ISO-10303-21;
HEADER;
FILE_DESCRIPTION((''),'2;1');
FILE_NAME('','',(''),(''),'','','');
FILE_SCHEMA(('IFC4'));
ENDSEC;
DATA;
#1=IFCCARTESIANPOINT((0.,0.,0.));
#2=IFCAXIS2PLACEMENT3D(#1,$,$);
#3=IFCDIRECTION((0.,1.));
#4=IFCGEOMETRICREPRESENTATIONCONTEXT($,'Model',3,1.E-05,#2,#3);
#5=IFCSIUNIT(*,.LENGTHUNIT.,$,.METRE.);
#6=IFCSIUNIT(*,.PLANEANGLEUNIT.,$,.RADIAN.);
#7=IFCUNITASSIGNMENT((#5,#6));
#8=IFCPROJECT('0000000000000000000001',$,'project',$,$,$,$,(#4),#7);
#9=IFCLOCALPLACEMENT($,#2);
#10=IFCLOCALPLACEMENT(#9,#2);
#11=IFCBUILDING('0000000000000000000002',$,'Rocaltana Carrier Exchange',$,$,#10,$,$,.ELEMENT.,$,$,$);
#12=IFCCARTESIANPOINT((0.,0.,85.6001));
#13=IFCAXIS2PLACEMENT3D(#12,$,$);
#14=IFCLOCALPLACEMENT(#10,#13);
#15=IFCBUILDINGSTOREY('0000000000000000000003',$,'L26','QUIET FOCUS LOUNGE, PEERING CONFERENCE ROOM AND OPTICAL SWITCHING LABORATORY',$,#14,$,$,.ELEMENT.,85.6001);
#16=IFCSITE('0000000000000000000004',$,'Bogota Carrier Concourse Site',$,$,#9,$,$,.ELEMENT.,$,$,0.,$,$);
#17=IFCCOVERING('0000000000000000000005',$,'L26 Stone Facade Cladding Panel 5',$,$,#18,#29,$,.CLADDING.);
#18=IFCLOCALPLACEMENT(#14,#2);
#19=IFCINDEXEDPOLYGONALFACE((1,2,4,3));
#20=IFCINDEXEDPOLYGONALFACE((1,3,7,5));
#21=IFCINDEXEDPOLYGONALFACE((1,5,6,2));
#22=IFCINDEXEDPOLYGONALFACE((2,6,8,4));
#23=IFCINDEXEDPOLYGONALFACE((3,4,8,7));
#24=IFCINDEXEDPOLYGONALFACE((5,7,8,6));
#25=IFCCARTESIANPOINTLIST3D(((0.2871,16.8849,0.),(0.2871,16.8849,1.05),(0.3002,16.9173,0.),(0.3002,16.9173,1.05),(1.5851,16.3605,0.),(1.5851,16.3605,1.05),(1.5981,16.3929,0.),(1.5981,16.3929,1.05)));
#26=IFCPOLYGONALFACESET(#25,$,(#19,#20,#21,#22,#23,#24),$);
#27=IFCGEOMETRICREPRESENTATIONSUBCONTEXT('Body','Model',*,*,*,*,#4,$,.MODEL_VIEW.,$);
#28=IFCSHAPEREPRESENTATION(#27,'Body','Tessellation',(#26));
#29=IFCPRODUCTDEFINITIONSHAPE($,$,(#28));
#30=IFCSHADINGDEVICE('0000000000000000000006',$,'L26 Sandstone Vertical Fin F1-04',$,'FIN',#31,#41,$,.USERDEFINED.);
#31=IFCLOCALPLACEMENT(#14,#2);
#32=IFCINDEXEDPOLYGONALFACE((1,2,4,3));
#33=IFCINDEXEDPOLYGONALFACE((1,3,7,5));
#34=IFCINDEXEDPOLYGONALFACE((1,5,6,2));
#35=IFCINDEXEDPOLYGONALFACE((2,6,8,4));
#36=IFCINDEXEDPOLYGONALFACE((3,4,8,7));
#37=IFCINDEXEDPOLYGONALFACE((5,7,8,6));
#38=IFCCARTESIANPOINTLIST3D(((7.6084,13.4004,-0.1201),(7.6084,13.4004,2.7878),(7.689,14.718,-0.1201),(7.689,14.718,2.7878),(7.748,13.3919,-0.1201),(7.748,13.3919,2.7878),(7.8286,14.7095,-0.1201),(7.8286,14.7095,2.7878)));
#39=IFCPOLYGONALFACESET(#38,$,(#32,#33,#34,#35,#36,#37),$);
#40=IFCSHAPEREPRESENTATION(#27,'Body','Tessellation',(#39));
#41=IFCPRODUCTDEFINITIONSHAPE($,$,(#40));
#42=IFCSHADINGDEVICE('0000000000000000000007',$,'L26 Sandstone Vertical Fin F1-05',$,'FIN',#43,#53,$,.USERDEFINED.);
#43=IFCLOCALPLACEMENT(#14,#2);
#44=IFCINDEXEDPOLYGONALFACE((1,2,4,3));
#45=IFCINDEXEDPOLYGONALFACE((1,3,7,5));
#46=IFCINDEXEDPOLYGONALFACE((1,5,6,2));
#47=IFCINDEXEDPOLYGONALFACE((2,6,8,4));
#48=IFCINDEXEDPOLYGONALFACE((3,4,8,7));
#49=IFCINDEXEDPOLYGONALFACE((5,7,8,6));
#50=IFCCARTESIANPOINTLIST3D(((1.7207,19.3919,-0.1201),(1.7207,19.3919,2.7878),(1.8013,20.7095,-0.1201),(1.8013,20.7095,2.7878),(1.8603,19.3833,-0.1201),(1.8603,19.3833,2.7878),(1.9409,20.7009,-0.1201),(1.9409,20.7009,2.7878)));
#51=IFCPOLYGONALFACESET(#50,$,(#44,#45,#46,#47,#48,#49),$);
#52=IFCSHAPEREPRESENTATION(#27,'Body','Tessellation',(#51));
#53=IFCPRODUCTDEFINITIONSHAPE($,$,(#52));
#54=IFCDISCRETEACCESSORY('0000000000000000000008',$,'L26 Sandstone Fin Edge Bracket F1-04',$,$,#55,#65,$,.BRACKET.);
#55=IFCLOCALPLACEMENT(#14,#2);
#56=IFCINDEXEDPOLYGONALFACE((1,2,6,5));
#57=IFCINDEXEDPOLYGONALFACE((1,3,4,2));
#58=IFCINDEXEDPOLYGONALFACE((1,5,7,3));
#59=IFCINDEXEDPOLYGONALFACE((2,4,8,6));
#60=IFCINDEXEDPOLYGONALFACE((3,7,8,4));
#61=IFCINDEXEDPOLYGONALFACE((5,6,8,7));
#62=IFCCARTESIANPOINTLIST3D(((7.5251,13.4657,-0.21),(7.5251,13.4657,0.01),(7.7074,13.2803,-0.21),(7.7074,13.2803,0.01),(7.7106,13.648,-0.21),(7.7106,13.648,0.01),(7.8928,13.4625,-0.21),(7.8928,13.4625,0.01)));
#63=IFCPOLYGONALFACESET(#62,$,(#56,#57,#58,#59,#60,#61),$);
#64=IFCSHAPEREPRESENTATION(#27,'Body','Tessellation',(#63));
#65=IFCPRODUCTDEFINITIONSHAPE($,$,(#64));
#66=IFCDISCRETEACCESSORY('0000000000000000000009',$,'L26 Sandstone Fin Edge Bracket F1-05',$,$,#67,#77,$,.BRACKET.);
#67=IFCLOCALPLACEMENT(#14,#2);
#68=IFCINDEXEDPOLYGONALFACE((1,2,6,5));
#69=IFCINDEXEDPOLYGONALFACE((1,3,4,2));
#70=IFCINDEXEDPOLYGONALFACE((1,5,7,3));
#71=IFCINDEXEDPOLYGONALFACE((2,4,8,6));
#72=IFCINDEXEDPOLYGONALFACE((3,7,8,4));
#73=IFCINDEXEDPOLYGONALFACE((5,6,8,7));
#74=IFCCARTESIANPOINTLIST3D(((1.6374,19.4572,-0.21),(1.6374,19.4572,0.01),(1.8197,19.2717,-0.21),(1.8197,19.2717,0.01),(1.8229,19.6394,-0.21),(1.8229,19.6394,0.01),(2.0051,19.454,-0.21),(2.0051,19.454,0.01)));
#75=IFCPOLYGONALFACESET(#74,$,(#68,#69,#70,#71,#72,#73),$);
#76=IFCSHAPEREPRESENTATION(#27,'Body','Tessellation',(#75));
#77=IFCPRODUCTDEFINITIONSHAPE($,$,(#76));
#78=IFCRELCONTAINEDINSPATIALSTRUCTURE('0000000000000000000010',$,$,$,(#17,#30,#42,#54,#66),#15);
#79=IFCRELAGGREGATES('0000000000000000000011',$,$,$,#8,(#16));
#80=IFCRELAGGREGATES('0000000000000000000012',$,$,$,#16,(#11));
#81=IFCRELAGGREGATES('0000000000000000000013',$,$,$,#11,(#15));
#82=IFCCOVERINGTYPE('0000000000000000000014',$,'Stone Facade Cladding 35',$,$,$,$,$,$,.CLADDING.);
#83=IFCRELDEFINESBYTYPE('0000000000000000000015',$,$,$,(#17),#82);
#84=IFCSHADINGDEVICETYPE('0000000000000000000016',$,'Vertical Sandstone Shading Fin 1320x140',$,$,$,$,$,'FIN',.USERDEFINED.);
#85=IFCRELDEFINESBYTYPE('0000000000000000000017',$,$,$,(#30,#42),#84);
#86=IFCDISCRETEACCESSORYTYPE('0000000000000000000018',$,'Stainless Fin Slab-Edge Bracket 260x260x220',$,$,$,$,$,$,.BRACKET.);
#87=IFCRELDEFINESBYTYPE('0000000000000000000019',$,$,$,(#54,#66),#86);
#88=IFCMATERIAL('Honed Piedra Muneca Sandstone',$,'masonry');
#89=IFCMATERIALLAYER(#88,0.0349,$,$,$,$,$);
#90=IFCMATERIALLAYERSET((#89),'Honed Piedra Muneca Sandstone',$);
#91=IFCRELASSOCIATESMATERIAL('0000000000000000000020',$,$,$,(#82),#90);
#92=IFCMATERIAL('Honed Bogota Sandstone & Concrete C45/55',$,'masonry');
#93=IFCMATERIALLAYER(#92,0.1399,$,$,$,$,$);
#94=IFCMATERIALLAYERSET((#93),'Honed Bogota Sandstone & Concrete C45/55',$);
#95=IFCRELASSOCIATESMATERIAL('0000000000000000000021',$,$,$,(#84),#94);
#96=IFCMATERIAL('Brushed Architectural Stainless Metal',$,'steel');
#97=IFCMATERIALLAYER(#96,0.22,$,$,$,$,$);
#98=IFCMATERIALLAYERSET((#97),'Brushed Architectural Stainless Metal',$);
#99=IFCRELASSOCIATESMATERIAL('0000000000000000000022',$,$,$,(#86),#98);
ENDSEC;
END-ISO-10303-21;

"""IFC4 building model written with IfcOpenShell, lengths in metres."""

from ifc_helpers import new_model, si_unit, direction, frame, origin, origin_2d, place, context, subcontext, project, spatial, rectangle, extrude, material, layer, layer_set, type_object, element, save


model = new_model("IFC4")

# Units and contexts
model_context = context("Model", 3, precision=1e-05, world=origin(), true_north=direction((0.0, 1.0)))
body_context = subcontext(model_context, "Body", "Model", "MODEL_VIEW")
ifc_project = project(units=[si_unit("LENGTHUNIT", "METRE"), si_unit("PLANEANGLEUNIT", "RADIAN")], contexts=[model_context])

# Site, building, storey
site_placement = place(None, origin())
site = spatial("IfcSite", under=ifc_project, at=site_placement, Name="Bogota Carrier Concourse Site", CompositionType="ELEMENT", RefElevation=0.0)
building_placement = place(site_placement, origin())
building = spatial("IfcBuilding", under=site, at=building_placement, Name="Rocaltana Carrier Exchange", CompositionType="ELEMENT")
storey_placement = place(building_placement, frame((0.0, 0.0, 85.6001)))
storey = spatial("IfcBuildingStorey", under=building, at=storey_placement, Name="L26", Description="QUIET FOCUS LOUNGE, PEERING CONFERENCE ROOM AND OPTICAL SWITCHING LABORATORY", CompositionType="ELEMENT", Elevation=85.6001)

# Covering
ifc_material_1 = material(Name="Honed Piedra Muneca Sandstone", Category="masonry")
ifc_layer_1 = layer(ifc_material_1, 0.0349)
ifc_layer_set_1 = layer_set([ifc_layer_1], Name="Honed Piedra Muneca Sandstone")
covering_type = type_object("IfcCoveringType", Name="Stone Facade Cladding 35", PredefinedType="CLADDING", material=ifc_layer_set_1)
covering_placement = place(storey_placement, frame((0.9426, 16.6389, 0.0), z_axis=(0.0, 0.0, 1.0), x_axis=(-0.927184, 0.374607, 0.0)))
element("IfcCovering", 1, at=covering_placement, inside=storey, type_object=covering_type, Name="L26 Stone Facade Cladding Panel 5", PredefinedType="CLADDING", context=body_context, shape_type="SweptSolid", body=[
    extrude(rectangle(XDim=1.3999, YDim=0.0349, at=origin_2d()), origin(), (0.0, 0.0, 1.0), 1.05),
])

# Shading devices
ifc_material_2 = material(Name="Honed Bogota Sandstone & Concrete C45/55", Category="masonry")
ifc_layer_2 = layer(ifc_material_2, 0.1399)
ifc_layer_set_2 = layer_set([ifc_layer_2], Name="Honed Bogota Sandstone & Concrete C45/55")
shading_device_type = type_object("IfcShadingDeviceType", Name="Vertical Sandstone Shading Fin 1320x140", ElementType="FIN", PredefinedType="USERDEFINED", material=ifc_layer_set_2)
for number, where, z_axis, x_axis, name in (
    (2, (7.7185, 14.0549, -0.1201), (0.0, 0.0, 1.0), (0.061049, 0.998135, 0.0), "L26 Sandstone Vertical Fin F1-04"),
    (3, (1.8308, 20.0464, -0.1201), (0.0, 0.0, 1.0), (0.061049, 0.998135, 0.0), "L26 Sandstone Vertical Fin F1-05"),
):
    element("IfcShadingDevice", number, at=place(storey_placement, frame(where, z_axis=z_axis, x_axis=x_axis)), inside=storey, type_object=shading_device_type, Name=name, ObjectType="FIN", PredefinedType="USERDEFINED", context=body_context, shape_type="SweptSolid", body=[
        extrude(rectangle(XDim=1.3201, YDim=0.1399, at=origin_2d()), origin(), (0.0, 0.0, 1.0), 2.908),
    ])

# Discrete accessories
ifc_material_3 = material(Name="Brushed Architectural Stainless Metal", Category="steel")
ifc_layer_3 = layer(ifc_material_3, 0.22)
ifc_layer_set_3 = layer_set([ifc_layer_3], Name="Brushed Architectural Stainless Metal")
discrete_accessory_type = type_object("IfcDiscreteAccessoryType", Name="Stainless Fin Slab-Edge Bracket 260x260x220", PredefinedType="BRACKET", material=ifc_layer_set_3)
for number, where, z_axis, x_axis, name in (
    (4, (7.709, 13.4641, -0.21), (0.0, 0.0, 1.0), (-0.700909, 0.71325, 0.0), "L26 Sandstone Fin Edge Bracket F1-04"),
    (5, (1.8213, 19.4556, -0.21), (0.0, 0.0, 1.0), (-0.700909, 0.71325, 0.0), "L26 Sandstone Fin Edge Bracket F1-05"),
):
    element("IfcDiscreteAccessory", number, at=place(storey_placement, frame(where, z_axis=z_axis, x_axis=x_axis)), inside=storey, type_object=discrete_accessory_type, Name=name, PredefinedType="BRACKET", context=body_context, shape_type="SweptSolid", body=[
        extrude(rectangle(XDim=0.26, YDim=0.26, at=origin_2d()), origin(), (0.0, 0.0, 1.0), 0.22),
    ])

save(model, "model.ifc")
